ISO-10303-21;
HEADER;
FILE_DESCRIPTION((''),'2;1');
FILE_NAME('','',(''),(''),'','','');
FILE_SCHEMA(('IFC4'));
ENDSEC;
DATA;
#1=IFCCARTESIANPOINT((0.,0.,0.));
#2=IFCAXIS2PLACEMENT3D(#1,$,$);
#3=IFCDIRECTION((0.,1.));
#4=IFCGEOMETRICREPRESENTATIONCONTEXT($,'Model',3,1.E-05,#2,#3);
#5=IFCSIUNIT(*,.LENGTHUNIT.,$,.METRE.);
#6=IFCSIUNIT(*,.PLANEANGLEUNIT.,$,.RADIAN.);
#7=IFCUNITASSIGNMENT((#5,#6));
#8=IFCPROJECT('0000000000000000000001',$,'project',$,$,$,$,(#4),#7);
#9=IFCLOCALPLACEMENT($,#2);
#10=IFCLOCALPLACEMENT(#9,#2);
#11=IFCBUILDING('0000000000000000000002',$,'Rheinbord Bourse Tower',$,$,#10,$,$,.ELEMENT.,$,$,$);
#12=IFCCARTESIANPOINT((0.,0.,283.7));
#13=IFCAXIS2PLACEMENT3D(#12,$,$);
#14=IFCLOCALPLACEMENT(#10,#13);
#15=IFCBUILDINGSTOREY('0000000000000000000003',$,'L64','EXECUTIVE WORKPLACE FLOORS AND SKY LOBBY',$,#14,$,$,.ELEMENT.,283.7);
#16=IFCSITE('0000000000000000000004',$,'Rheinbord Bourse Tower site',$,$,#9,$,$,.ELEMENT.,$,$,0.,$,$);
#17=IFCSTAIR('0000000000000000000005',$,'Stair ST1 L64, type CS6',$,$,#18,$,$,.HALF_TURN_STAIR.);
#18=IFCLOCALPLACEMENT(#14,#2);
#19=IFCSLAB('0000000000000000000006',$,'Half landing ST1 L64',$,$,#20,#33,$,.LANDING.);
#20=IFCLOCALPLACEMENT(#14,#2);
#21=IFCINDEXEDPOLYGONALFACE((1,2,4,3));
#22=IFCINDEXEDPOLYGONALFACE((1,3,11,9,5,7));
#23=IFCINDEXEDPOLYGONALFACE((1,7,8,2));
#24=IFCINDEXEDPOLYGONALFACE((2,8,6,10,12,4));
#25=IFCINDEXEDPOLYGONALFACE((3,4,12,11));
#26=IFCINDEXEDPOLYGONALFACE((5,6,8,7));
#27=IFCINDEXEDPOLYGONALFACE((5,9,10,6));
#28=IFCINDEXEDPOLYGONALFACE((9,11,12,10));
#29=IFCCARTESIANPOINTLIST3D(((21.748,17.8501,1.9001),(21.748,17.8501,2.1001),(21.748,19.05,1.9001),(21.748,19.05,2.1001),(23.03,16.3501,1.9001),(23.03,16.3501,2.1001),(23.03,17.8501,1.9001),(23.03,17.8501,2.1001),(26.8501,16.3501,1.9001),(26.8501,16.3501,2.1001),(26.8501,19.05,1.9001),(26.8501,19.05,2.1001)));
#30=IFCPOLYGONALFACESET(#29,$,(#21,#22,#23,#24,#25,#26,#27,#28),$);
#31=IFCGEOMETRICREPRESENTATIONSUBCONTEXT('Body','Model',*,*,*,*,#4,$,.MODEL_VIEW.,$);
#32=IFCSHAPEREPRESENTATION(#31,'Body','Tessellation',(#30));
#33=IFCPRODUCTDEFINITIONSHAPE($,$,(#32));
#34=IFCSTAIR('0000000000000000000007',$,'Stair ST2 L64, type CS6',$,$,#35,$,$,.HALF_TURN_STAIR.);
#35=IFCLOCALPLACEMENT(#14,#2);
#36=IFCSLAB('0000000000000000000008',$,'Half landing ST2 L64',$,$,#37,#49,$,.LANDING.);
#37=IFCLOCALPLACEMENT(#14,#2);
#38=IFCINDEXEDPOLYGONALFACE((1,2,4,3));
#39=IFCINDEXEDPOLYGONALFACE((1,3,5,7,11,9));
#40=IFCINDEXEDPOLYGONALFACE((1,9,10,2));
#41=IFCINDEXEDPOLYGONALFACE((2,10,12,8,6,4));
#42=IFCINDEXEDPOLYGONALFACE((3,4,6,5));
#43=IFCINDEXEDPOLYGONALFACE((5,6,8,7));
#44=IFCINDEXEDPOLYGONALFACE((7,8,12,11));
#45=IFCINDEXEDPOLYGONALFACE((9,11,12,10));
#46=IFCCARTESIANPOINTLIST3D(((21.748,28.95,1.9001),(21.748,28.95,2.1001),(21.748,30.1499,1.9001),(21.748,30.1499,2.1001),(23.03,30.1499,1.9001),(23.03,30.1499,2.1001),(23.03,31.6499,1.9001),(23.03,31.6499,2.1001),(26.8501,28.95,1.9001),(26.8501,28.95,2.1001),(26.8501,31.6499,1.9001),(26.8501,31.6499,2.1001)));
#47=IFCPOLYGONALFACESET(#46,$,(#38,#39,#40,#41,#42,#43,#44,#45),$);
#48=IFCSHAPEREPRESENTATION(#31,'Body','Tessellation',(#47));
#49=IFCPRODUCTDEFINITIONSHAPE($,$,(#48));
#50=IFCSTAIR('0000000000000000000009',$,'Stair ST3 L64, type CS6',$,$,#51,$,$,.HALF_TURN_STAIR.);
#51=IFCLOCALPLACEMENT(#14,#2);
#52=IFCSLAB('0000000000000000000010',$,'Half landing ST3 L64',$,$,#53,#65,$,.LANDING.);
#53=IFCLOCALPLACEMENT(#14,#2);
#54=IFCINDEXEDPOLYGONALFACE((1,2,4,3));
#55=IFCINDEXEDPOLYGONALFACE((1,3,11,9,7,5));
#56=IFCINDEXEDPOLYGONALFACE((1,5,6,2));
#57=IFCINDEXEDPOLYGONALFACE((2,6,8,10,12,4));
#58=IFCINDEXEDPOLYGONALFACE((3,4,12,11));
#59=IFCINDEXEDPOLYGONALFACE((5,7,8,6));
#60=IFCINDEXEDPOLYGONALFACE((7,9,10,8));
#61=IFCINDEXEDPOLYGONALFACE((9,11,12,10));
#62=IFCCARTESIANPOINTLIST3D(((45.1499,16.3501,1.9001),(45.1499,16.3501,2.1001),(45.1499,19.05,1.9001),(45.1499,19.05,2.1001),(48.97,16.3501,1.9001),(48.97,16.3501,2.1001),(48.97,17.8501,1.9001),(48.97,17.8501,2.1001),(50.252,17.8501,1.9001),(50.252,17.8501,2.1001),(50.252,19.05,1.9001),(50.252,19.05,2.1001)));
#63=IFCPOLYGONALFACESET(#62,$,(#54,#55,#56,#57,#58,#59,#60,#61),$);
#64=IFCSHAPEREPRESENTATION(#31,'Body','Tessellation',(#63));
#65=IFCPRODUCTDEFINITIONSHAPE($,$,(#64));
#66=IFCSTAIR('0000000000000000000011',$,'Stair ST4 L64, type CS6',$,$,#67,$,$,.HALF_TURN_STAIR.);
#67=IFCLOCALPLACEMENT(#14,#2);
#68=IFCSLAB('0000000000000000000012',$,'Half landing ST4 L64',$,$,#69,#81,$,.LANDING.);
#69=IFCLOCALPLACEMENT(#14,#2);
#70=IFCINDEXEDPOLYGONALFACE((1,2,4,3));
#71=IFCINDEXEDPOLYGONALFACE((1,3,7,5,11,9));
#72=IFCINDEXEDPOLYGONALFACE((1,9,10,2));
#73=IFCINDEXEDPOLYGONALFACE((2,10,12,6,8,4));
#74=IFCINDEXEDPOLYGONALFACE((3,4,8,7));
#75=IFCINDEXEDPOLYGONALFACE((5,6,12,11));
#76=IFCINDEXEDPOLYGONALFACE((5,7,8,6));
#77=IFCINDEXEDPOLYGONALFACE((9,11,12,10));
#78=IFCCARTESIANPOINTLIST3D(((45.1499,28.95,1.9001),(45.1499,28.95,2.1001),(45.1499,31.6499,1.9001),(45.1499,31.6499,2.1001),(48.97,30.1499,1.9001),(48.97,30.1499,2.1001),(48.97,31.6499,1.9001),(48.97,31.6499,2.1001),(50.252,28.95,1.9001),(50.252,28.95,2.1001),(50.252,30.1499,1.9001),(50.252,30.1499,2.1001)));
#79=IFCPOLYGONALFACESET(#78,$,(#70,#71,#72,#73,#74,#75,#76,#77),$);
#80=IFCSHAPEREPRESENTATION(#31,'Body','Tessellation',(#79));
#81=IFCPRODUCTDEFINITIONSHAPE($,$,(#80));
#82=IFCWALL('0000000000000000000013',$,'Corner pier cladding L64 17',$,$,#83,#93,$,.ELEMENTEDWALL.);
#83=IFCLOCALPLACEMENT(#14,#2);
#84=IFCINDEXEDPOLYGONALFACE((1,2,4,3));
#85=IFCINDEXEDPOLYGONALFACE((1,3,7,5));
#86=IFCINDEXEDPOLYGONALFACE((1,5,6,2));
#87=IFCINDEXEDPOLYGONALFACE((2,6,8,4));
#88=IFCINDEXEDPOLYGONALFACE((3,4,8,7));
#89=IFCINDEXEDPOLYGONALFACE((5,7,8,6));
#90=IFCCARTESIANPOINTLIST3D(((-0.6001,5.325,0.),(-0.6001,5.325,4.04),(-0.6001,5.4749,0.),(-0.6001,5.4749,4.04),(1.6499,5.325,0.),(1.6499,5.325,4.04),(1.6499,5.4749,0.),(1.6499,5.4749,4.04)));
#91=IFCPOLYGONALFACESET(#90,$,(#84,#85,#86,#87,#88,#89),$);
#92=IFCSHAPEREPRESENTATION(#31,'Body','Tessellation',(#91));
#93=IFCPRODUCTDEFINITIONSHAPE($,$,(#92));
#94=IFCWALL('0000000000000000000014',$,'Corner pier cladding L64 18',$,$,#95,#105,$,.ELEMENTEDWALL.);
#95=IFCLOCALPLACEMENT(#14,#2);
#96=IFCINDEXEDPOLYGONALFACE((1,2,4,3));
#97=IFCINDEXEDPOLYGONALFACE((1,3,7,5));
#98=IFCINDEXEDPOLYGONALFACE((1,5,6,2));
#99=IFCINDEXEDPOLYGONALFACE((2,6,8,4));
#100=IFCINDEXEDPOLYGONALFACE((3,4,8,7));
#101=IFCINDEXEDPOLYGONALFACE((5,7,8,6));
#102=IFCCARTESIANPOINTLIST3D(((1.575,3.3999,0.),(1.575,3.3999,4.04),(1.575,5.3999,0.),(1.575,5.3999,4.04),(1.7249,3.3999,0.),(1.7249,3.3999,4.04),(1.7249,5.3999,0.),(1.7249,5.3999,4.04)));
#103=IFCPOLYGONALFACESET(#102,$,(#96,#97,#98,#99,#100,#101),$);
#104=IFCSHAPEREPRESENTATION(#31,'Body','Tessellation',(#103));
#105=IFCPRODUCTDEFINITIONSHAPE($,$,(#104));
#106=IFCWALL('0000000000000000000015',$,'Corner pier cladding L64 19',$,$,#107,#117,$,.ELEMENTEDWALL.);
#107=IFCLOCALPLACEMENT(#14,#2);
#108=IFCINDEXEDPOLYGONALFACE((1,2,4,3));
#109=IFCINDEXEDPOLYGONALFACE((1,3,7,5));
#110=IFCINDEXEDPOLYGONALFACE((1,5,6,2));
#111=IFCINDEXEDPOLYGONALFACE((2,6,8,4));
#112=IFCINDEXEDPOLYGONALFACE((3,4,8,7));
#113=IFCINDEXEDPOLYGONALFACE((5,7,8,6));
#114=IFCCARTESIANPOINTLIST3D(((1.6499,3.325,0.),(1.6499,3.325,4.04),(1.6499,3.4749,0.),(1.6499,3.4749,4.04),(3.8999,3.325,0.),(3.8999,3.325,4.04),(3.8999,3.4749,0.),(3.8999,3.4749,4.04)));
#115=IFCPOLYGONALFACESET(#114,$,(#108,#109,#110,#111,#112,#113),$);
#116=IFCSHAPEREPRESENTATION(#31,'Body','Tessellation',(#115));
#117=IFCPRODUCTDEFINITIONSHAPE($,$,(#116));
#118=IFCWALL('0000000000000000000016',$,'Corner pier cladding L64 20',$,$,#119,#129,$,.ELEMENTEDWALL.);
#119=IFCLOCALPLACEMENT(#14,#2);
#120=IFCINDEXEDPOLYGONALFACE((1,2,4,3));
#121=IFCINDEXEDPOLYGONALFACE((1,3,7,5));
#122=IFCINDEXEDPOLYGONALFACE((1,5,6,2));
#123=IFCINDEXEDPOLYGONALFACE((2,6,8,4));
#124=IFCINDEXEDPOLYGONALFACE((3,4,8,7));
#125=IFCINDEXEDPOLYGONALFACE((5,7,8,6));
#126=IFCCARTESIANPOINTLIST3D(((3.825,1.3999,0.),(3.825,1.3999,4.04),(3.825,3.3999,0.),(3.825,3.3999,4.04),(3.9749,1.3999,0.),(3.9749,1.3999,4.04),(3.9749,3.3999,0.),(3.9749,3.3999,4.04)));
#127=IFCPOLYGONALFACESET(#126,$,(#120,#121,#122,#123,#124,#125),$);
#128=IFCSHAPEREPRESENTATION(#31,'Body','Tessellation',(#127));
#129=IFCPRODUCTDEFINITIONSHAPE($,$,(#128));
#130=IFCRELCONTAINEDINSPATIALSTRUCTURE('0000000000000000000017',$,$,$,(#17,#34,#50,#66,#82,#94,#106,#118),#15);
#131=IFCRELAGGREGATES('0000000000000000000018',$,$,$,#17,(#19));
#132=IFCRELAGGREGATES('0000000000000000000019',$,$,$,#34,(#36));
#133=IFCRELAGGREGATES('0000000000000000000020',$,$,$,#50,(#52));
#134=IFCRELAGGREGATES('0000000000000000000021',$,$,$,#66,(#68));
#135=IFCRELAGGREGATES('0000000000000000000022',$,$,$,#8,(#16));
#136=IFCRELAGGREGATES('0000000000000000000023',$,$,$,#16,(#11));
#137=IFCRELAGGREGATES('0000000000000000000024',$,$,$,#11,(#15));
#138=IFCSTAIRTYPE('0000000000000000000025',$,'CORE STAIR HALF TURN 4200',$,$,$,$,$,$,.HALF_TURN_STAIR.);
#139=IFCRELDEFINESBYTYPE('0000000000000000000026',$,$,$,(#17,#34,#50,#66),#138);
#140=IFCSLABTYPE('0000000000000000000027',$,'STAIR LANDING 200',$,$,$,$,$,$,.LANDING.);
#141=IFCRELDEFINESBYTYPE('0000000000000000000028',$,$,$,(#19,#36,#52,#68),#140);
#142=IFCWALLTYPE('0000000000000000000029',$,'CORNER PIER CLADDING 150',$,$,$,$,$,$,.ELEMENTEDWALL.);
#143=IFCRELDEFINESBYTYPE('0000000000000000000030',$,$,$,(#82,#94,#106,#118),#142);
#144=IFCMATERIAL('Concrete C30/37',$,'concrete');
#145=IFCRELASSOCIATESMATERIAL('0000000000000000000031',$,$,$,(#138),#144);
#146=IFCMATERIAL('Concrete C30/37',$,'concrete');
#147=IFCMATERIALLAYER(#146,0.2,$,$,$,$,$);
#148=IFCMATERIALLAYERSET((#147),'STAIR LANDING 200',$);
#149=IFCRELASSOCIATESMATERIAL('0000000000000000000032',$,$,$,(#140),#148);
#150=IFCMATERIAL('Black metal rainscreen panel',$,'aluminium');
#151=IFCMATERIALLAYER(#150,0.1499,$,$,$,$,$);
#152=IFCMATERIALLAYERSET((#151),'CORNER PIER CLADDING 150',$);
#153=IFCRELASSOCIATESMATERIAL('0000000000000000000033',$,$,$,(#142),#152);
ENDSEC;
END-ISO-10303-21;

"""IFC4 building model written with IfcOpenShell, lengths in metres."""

from ifc_helpers import new_model, si_unit, direction, frame, frame_2d, origin, place, context, subcontext, project, spatial, polyline, rectangle, outline, extrude, material, layer, layer_set, type_object, element, aggregate, save


model = new_model("IFC4")

# Units and contexts
model_context = context("Model", 3, precision=1e-05, world=origin(), true_north=direction((0.0, 1.0)))
body_context = subcontext(model_context, "Body", "Model", "MODEL_VIEW")
ifc_project = project(units=[si_unit("LENGTHUNIT", "METRE"), si_unit("PLANEANGLEUNIT", "RADIAN")], contexts=[model_context])

# Site, building, storey
site_placement = place(None, origin())
site = spatial("IfcSite", under=ifc_project, at=site_placement, Name="Rheinbord Bourse Tower site", CompositionType="ELEMENT", RefElevation=0.0)
building_placement = place(site_placement, origin())
building = spatial("IfcBuilding", under=site, at=building_placement, Name="Rheinbord Bourse Tower", CompositionType="ELEMENT")
storey_placement = place(building_placement, frame((0.0, 0.0, 283.7)))
storey = spatial("IfcBuildingStorey", under=building, at=storey_placement, Name="L64", Description="EXECUTIVE WORKPLACE FLOORS AND SKY LOBBY", CompositionType="ELEMENT", Elevation=283.7)

# Stairs, slabs
ifc_material_1 = material(Name="Concrete C30/37", Category="concrete")
stair_type = type_object("IfcStairType", Name="CORE STAIR HALF TURN 4200", PredefinedType="HALF_TURN_STAIR", material=ifc_material_1)
stair_1_placement = place(storey_placement, origin())
stair_1 = element("IfcStair", 1, at=stair_1_placement, inside=storey, type_object=stair_type, Name="Stair ST1 L64, type CS6", PredefinedType="HALF_TURN_STAIR")
ifc_material_2 = material(Name="Concrete C30/37", Category="concrete")
ifc_layer_1 = layer(ifc_material_2, 0.2)
ifc_layer_set_1 = layer_set([ifc_layer_1], Name="STAIR LANDING 200")
slab_type_1 = type_object("IfcSlabType", Name="STAIR LANDING 200", PredefinedType="LANDING", material=ifc_layer_set_1)
slab_1_placement = place(storey_placement, frame((0.0, 0.0, 1.9001)))
slab_1 = element("IfcSlab", 2, at=slab_1_placement, type_object=slab_type_1, Name="Half landing ST1 L64", PredefinedType="LANDING", context=body_context, shape_type="SweptSolid", body=[
    extrude(outline(polyline([(23.03, 16.3501), (26.8501, 16.3501), (26.8501, 19.05), (21.748, 19.05), (21.748, 17.8501), (23.03, 17.8501), (23.03, 16.3501)])), origin(), (0.0, 0.0, 1.0), 0.2),
])
aggregate(stair_1, [slab_1])
stair_2_placement = place(storey_placement, origin())
stair_2 = element("IfcStair", 3, at=stair_2_placement, inside=storey, type_object=stair_type, Name="Stair ST2 L64, type CS6", PredefinedType="HALF_TURN_STAIR")
slab_2_placement = place(storey_placement, frame((0.0, 0.0, 1.9001)))
slab_2 = element("IfcSlab", 4, at=slab_2_placement, type_object=slab_type_1, Name="Half landing ST2 L64", PredefinedType="LANDING", context=body_context, shape_type="SweptSolid", body=[
    extrude(outline(polyline([(21.748, 28.95), (26.8501, 28.95), (26.8501, 31.6499), (23.03, 31.6499), (23.03, 30.1499), (21.748, 30.1499), (21.748, 28.95)])), origin(), (0.0, 0.0, 1.0), 0.2),
])
aggregate(stair_2, [slab_2])
stair_3_placement = place(storey_placement, origin())
stair_3 = element("IfcStair", 5, at=stair_3_placement, inside=storey, type_object=stair_type, Name="Stair ST3 L64, type CS6", PredefinedType="HALF_TURN_STAIR")
slab_3_placement = place(storey_placement, frame((0.0, 0.0, 1.9001)))
slab_3 = element("IfcSlab", 6, at=slab_3_placement, type_object=slab_type_1, Name="Half landing ST3 L64", PredefinedType="LANDING", context=body_context, shape_type="SweptSolid", body=[
    extrude(outline(polyline([(45.1499, 16.3501), (48.97, 16.3501), (48.97, 17.8501), (50.252, 17.8501), (50.252, 19.05), (45.1499, 19.05), (45.1499, 16.3501)])), origin(), (0.0, 0.0, 1.0), 0.2),
])
aggregate(stair_3, [slab_3])
stair_4_placement = place(storey_placement, origin())
stair_4 = element("IfcStair", 7, at=stair_4_placement, inside=storey, type_object=stair_type, Name="Stair ST4 L64, type CS6", PredefinedType="HALF_TURN_STAIR")
slab_4_placement = place(storey_placement, frame((0.0, 0.0, 1.9001)))
slab_4 = element("IfcSlab", 8, at=slab_4_placement, type_object=slab_type_1, Name="Half landing ST4 L64", PredefinedType="LANDING", context=body_context, shape_type="SweptSolid", body=[
    extrude(outline(polyline([(45.1499, 28.95), (50.252, 28.95), (50.252, 30.1499), (48.97, 30.1499), (48.97, 31.6499), (45.1499, 31.6499), (45.1499, 28.95)])), origin(), (0.0, 0.0, 1.0), 0.2),
])
aggregate(stair_4, [slab_4])

# Walls
ifc_material_3 = material(Name="Black metal rainscreen panel", Category="aluminium")
ifc_layer_2 = layer(ifc_material_3, 0.1499)
ifc_layer_set_2 = layer_set([ifc_layer_2], Name="CORNER PIER CLADDING 150")
wall_type = type_object("IfcWallType", Name="CORNER PIER CLADDING 150", PredefinedType="ELEMENTEDWALL", material=ifc_layer_set_2)
wall_1_placement = place(storey_placement, frame((-0.6001, 5.3999, 0.0), z_axis=(0.0, 0.0, 1.0), x_axis=(1.0, 0.0, 0.0)))
element("IfcWall", 9, at=wall_1_placement, inside=storey, type_object=wall_type, Name="Corner pier cladding L64 17", PredefinedType="ELEMENTEDWALL", context=body_context, shape_type="SweptSolid", body=[
    extrude(rectangle(XDim=2.25, YDim=0.1499, at=frame_2d((1.125, 0.0))), origin(), (0.0, 0.0, 1.0), 4.04),
])
wall_2_placement = place(storey_placement, frame((1.6499, 5.3999, 0.0), z_axis=(0.0, 0.0, 1.0), x_axis=(0.0, -1.0, 0.0)))
element("IfcWall", 10, at=wall_2_placement, inside=storey, type_object=wall_type, Name="Corner pier cladding L64 18", PredefinedType="ELEMENTEDWALL", context=body_context, shape_type="SweptSolid", body=[
    extrude(rectangle(XDim=2.0, YDim=0.1499, at=frame_2d((1.0, 0.0))), origin(), (0.0, 0.0, 1.0), 4.04),
])
wall_3_placement = place(storey_placement, frame((1.6499, 3.3999, 0.0), z_axis=(0.0, 0.0, 1.0), x_axis=(1.0, 0.0, 0.0)))
element("IfcWall", 11, at=wall_3_placement, inside=storey, type_object=wall_type, Name="Corner pier cladding L64 19", PredefinedType="ELEMENTEDWALL", context=body_context, shape_type="SweptSolid", body=[
    extrude(rectangle(XDim=2.25, YDim=0.1499, at=frame_2d((1.125, 0.0))), origin(), (0.0, 0.0, 1.0), 4.04),
])
wall_4_placement = place(storey_placement, frame((3.8999, 3.3999, 0.0), z_axis=(0.0, 0.0, 1.0), x_axis=(0.0, -1.0, 0.0)))
element("IfcWall", 12, at=wall_4_placement, inside=storey, type_object=wall_type, Name="Corner pier cladding L64 20", PredefinedType="ELEMENTEDWALL", context=body_context, shape_type="SweptSolid", body=[
    extrude(rectangle(XDim=2.0, YDim=0.1499, at=frame_2d((1.0, 0.0))), origin(), (0.0, 0.0, 1.0), 4.04),
])

save(model, "model.ifc")
